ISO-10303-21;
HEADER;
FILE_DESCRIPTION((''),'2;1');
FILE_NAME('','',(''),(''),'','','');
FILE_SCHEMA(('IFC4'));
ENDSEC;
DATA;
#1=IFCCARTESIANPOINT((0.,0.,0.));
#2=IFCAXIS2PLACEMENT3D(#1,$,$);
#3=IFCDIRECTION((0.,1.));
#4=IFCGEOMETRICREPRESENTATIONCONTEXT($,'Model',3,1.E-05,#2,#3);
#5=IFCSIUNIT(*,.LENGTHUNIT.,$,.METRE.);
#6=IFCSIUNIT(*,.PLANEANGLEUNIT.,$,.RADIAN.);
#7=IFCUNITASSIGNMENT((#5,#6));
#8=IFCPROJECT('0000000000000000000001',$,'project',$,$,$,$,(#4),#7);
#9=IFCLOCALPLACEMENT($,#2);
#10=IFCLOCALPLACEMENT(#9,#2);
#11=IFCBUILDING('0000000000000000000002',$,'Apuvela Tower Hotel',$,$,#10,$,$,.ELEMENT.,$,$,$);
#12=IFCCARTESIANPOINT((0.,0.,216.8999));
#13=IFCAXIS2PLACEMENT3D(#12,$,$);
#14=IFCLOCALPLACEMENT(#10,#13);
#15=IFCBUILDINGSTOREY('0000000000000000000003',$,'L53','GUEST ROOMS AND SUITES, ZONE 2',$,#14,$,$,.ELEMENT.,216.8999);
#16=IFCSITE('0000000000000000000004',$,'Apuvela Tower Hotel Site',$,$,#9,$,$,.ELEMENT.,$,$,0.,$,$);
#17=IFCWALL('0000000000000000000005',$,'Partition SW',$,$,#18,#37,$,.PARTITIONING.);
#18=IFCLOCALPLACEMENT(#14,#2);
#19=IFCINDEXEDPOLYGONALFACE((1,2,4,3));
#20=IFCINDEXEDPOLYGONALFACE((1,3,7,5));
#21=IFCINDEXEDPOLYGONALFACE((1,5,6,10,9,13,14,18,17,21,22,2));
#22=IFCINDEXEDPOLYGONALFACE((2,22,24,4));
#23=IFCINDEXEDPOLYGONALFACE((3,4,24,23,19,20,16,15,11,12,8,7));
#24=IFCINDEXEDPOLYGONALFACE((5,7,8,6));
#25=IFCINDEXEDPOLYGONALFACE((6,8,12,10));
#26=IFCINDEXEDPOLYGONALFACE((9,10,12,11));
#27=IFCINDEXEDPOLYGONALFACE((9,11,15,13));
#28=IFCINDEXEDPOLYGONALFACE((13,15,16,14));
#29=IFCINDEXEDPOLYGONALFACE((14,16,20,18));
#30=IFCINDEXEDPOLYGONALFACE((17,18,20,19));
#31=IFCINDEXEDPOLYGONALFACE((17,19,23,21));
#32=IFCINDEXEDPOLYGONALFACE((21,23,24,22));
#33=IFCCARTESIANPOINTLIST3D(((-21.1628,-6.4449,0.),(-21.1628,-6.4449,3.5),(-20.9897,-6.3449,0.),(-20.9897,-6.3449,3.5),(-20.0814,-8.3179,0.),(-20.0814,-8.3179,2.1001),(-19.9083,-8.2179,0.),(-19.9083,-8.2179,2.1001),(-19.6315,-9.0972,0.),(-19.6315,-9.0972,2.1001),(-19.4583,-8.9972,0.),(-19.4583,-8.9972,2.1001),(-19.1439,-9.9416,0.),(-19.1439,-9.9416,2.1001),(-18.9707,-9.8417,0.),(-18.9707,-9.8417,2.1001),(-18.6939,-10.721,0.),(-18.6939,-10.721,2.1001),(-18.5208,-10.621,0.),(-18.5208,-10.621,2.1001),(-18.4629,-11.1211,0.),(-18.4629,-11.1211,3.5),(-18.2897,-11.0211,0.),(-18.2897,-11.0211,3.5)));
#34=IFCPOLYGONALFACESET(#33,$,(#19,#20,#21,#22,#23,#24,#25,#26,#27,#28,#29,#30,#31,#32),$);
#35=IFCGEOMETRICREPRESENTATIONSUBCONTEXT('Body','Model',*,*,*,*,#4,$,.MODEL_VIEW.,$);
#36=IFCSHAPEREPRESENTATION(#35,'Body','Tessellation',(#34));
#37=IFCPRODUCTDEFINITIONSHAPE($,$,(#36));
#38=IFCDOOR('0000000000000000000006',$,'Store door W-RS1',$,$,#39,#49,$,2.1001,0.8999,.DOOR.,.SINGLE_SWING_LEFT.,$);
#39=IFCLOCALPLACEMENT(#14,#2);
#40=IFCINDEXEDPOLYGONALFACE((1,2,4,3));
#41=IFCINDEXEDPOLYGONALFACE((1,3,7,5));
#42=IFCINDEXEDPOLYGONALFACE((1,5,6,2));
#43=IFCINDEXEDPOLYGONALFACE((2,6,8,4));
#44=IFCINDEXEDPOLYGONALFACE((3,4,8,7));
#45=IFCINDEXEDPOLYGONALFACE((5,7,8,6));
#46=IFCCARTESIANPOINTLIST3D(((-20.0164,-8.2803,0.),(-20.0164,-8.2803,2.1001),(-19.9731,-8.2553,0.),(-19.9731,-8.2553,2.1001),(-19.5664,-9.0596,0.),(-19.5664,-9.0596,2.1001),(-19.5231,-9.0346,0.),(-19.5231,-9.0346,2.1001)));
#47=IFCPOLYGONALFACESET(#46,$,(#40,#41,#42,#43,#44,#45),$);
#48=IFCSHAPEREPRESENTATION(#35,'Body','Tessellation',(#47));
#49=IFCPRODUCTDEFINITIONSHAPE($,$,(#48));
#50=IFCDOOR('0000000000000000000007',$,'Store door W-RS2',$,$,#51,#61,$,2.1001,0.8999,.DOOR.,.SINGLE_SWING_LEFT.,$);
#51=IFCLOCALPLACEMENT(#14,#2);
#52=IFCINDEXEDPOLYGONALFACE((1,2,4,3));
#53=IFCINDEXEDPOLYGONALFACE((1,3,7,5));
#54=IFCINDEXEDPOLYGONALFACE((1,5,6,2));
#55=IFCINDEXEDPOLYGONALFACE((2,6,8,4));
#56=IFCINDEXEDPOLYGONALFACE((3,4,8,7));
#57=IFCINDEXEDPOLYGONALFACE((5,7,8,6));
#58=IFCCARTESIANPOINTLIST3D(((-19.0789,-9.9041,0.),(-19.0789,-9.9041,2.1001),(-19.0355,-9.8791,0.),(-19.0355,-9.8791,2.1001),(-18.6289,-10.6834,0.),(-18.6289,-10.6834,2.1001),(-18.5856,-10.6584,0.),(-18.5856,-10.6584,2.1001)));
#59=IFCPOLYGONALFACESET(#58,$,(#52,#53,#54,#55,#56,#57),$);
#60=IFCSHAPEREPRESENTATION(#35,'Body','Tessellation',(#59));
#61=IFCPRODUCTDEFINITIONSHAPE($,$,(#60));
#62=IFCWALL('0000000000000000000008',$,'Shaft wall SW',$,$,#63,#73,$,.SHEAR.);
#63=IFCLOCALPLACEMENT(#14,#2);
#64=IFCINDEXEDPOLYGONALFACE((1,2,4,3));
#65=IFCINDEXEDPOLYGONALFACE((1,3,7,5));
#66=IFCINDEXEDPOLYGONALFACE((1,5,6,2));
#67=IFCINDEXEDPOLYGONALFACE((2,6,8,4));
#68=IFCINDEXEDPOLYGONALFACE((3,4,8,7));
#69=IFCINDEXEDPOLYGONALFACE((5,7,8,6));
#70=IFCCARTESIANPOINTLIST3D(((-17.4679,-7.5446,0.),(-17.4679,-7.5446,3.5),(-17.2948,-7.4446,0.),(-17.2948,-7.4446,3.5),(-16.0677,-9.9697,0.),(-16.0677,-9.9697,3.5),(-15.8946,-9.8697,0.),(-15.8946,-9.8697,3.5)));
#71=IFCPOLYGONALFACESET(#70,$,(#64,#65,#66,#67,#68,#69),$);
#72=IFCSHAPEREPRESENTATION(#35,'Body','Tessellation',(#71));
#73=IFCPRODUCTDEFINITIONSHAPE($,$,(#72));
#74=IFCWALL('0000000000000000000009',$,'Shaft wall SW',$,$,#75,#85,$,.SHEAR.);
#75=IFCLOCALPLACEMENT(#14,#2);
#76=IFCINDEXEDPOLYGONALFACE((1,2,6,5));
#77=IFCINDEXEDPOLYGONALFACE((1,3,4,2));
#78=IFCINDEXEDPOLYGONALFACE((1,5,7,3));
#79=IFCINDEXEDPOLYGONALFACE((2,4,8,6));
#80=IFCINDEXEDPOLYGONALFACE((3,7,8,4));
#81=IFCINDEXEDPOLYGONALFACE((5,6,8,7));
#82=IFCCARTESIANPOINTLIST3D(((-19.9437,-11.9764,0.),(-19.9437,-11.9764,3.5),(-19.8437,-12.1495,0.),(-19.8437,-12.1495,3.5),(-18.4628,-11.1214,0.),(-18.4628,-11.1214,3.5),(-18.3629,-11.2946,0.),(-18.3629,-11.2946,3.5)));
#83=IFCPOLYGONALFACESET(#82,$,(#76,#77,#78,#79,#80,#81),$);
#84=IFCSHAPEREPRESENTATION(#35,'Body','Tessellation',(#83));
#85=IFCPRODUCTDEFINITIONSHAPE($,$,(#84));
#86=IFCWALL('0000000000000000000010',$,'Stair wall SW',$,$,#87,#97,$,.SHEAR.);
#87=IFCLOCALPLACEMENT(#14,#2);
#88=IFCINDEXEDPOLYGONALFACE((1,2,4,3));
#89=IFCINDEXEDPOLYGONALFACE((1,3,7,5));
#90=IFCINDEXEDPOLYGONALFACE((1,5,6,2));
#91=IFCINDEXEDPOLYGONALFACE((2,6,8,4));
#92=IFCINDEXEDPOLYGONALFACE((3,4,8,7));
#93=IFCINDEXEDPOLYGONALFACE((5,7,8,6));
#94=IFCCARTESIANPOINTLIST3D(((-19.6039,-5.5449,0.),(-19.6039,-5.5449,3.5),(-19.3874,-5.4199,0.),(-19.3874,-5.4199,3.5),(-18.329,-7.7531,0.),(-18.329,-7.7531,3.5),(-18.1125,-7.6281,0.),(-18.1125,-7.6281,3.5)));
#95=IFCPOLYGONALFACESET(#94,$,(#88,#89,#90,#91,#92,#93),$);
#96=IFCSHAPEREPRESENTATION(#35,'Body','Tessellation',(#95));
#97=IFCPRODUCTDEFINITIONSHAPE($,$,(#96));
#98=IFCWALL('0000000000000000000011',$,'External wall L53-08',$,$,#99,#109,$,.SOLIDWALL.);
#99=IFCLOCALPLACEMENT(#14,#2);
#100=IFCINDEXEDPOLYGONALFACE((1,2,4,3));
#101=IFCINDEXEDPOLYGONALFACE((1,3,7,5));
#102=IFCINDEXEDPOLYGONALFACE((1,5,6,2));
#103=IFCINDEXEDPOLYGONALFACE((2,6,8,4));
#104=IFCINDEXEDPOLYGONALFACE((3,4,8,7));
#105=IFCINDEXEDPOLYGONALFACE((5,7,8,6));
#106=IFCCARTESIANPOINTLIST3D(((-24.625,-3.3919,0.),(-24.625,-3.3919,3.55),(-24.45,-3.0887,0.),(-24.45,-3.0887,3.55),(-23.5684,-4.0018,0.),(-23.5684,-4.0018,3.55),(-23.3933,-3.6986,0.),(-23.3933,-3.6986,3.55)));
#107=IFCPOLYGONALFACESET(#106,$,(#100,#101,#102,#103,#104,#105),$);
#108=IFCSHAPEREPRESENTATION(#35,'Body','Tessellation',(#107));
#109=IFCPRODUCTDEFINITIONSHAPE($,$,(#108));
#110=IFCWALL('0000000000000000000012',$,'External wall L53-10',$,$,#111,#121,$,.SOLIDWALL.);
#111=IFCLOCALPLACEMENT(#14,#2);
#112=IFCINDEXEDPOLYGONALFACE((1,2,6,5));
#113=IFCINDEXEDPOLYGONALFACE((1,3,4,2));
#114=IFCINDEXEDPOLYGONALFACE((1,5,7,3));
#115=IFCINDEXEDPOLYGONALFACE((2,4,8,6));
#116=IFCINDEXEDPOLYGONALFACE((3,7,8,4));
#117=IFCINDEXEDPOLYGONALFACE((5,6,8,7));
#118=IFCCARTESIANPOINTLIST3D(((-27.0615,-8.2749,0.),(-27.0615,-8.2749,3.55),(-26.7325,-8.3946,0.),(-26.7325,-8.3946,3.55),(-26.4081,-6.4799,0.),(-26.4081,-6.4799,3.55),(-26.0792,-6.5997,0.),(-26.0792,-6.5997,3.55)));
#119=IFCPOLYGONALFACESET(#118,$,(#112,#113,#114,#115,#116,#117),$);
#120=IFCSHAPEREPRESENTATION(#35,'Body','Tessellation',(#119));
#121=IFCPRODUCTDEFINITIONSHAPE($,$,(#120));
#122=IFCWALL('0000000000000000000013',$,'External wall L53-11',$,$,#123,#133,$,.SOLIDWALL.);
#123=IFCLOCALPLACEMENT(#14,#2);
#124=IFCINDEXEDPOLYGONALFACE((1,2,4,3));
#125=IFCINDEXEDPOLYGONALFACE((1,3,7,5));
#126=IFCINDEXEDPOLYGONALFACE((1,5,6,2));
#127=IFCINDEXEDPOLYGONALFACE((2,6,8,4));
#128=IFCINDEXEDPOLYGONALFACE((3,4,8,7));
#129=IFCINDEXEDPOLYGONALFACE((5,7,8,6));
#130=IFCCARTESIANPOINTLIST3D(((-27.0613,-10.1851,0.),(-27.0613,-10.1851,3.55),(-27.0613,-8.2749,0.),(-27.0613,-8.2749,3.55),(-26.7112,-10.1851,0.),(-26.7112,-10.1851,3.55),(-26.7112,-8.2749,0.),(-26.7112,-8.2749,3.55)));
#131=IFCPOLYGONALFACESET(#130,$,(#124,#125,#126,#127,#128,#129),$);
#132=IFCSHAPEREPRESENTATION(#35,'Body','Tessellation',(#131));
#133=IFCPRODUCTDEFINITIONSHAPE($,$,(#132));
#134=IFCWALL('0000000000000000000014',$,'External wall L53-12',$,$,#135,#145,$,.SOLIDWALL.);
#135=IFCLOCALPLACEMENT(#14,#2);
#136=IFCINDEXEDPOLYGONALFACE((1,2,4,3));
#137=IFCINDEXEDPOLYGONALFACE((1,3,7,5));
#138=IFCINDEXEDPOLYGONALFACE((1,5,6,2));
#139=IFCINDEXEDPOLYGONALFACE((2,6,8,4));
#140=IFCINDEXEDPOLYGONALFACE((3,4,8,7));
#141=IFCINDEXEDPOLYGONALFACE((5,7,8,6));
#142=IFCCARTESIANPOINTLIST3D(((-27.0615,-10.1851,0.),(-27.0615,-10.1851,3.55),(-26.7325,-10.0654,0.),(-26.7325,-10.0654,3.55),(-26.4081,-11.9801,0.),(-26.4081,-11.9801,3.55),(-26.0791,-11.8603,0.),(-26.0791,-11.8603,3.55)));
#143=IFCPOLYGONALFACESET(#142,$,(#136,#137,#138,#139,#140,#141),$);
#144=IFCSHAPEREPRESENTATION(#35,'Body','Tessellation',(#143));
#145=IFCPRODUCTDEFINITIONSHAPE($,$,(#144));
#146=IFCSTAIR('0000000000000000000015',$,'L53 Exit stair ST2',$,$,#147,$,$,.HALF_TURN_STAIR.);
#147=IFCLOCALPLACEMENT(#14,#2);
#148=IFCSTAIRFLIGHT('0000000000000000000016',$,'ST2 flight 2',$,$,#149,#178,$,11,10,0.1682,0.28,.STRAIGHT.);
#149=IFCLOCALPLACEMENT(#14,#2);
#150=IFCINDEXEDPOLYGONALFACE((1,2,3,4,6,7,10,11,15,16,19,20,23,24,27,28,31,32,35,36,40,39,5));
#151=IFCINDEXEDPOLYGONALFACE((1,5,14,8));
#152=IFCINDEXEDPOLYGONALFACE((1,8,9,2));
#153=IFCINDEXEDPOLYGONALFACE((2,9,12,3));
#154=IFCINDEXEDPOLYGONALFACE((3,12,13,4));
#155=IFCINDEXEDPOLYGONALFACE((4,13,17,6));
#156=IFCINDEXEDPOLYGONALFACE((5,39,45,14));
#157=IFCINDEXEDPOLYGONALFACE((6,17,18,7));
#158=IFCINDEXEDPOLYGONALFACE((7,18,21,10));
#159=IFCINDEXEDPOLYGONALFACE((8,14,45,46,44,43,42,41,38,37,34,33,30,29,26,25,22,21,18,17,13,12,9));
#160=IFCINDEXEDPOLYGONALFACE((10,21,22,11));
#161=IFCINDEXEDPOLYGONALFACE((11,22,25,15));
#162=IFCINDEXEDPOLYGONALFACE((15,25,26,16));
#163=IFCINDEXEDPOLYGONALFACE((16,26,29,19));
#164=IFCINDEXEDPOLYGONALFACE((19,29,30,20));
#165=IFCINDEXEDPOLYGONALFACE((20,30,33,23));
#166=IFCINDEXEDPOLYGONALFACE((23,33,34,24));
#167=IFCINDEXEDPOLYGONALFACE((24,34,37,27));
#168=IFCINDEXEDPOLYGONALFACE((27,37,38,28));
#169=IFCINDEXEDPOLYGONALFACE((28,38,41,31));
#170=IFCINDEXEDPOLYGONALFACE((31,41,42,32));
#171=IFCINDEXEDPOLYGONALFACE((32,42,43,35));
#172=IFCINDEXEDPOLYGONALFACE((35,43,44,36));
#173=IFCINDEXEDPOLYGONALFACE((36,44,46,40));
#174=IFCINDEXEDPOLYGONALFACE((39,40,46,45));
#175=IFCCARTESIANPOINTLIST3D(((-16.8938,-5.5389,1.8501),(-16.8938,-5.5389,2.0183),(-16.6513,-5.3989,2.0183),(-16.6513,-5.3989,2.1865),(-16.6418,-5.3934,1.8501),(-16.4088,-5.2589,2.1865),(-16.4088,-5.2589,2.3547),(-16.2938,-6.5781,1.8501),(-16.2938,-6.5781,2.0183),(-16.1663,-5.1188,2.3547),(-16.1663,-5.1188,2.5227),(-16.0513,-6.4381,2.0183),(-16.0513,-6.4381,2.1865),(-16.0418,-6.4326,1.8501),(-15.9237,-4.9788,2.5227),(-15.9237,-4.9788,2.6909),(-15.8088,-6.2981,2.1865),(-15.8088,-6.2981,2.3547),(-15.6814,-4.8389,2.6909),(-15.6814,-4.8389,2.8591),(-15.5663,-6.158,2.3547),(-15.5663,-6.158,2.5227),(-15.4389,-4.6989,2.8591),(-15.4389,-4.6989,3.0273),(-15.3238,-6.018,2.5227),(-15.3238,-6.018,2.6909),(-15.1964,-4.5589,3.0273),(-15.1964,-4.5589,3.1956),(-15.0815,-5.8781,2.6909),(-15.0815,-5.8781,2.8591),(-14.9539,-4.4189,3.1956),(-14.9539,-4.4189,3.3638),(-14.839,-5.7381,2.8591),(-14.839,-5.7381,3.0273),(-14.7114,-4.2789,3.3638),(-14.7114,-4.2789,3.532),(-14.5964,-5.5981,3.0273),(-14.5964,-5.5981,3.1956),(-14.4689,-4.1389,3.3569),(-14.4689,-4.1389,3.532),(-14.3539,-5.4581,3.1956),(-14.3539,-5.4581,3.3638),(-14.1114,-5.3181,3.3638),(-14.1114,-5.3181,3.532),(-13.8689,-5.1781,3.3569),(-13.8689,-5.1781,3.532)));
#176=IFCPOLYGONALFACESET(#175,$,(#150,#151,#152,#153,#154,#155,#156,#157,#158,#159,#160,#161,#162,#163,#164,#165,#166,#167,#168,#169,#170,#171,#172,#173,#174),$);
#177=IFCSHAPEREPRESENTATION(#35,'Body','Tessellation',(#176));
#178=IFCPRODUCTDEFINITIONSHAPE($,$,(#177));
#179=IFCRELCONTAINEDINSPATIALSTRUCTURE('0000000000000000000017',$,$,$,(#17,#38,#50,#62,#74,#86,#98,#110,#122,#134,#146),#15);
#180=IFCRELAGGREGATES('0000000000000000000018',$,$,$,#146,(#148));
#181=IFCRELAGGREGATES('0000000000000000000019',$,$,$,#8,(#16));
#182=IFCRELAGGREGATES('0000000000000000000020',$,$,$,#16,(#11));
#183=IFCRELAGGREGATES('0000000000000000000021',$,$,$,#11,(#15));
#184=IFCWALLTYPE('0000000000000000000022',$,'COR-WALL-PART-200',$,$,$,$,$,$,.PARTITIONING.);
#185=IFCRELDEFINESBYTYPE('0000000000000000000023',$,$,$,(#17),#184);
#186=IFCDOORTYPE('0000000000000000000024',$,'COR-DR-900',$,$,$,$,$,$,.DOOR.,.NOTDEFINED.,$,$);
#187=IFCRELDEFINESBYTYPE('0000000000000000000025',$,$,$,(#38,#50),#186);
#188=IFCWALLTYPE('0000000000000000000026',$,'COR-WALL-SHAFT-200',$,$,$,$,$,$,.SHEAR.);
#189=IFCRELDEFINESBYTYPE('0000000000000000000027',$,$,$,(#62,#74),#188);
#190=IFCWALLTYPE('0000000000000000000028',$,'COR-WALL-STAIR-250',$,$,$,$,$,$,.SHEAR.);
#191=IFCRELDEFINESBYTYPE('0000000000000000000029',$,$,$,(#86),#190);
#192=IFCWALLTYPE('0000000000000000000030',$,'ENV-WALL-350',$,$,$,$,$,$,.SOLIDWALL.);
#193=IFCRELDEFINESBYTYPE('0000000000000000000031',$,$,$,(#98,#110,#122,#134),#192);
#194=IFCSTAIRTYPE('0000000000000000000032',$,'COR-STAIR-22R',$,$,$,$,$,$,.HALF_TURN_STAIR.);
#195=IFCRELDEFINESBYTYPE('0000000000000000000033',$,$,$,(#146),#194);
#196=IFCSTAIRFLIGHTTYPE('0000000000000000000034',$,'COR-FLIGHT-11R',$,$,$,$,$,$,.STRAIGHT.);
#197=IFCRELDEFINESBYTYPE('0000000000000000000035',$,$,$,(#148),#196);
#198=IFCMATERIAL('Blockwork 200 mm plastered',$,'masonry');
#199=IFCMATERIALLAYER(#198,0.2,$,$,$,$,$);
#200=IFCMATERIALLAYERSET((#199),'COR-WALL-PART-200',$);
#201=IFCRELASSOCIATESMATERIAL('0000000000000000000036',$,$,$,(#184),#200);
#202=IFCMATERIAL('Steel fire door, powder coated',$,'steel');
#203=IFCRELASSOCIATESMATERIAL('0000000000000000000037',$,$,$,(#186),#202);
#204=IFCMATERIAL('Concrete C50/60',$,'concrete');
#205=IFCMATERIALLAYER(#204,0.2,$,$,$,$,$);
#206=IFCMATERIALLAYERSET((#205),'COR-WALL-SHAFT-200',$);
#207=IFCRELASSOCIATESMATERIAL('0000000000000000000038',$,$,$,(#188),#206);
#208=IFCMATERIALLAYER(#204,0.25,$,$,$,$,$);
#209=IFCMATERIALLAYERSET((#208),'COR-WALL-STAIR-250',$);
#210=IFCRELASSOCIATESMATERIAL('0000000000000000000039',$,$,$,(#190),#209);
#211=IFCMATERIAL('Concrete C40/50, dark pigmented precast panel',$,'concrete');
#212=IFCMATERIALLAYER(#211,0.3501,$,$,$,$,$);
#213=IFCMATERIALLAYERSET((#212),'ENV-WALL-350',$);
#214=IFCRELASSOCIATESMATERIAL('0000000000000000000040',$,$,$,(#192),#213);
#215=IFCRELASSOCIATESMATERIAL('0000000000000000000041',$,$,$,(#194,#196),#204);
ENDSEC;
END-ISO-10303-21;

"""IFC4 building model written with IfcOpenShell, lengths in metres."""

from ifc_helpers import new_model, si_unit, direction, frame, frame_2d, origin, place, context, subcontext, project, spatial, polyline, rectangle, outline, extrude, material, layer, layer_set, type_object, element, fill, aggregate, save


model = new_model("IFC4")

# Units and contexts
model_context = context("Model", 3, precision=1e-05, world=origin(), true_north=direction((0.0, 1.0)))
body_context = subcontext(model_context, "Body", "Model", "MODEL_VIEW")
ifc_project = project(units=[si_unit("LENGTHUNIT", "METRE"), si_unit("PLANEANGLEUNIT", "RADIAN")], contexts=[model_context])

# Site, building, storey
site_placement = place(None, origin())
site = spatial("IfcSite", under=ifc_project, at=site_placement, Name="Apuvela Tower Hotel Site", CompositionType="ELEMENT", RefElevation=0.0)
building_placement = place(site_placement, origin())
building = spatial("IfcBuilding", under=site, at=building_placement, Name="Apuvela Tower Hotel", CompositionType="ELEMENT")
storey_placement = place(building_placement, frame((0.0, 0.0, 216.8999)))
storey = spatial("IfcBuildingStorey", under=building, at=storey_placement, Name="L53", Description="GUEST ROOMS AND SUITES, ZONE 2", CompositionType="ELEMENT", Elevation=216.8999)

# Wall, openings, doors
ifc_material_1 = material(Name="Blockwork 200 mm plastered", Category="masonry")
ifc_layer_1 = layer(ifc_material_1, 0.2)
ifc_layer_set_1 = layer_set([ifc_layer_1], Name="COR-WALL-PART-200")
wall_type_1 = type_object("IfcWallType", Name="COR-WALL-PART-200", PredefinedType="PARTITIONING", material=ifc_layer_set_1)
wall_1_placement = place(storey_placement, frame((-21.0762, -6.395, 0.0), z_axis=(0.0, 0.0, 1.0), x_axis=(0.500015, -0.866017, 0.0)))
wall_1 = element("IfcWall", 1, at=wall_1_placement, inside=storey, type_object=wall_type_1, Name="Partition SW", PredefinedType="PARTITIONING", context=body_context, shape_type="SweptSolid", body=[
    extrude(rectangle(XDim=5.3997, YDim=0.2, at=frame_2d((2.6997, 0.0))), origin(), (0.0, 0.0, 1.0), 3.5),
])
opening_1_placement = place(wall_1_placement, frame((2.1626, 0.0, 0.0)))
opening_1 = element("IfcOpeningElement", 2, at=opening_1_placement, cuts=wall_1, PredefinedType="OPENING", context=body_context, shape_type="SweptSolid", body=[
    extrude(rectangle(XDim=0.8999, YDim=2.1001, at=frame_2d((0.45, 1.05))), frame((0.0, 0.1099, 0.0), z_axis=(0.0, -1.0, 0.0), x_axis=(1.0, 0.0, 0.0)), (0.0, 0.0, 1.0), 0.22),
])
opening_2_placement = place(wall_1_placement, frame((4.0376, 0.0, 0.0)))
opening_2 = element("IfcOpeningElement", 3, at=opening_2_placement, cuts=wall_1, PredefinedType="OPENING", context=body_context, shape_type="SweptSolid", body=[
    extrude(rectangle(XDim=0.8999, YDim=2.1001, at=frame_2d((0.45, 1.05))), frame((0.0, 0.1099, 0.0), z_axis=(0.0, -1.0, 0.0), x_axis=(1.0, 0.0, 0.0)), (0.0, 0.0, 1.0), 0.22),
])
ifc_material_2 = material(Name="Steel fire door, powder coated", Category="steel")
door_type_1 = type_object("IfcDoorType", Name="COR-DR-900", OperationType="NOTDEFINED", PredefinedType="DOOR", material=ifc_material_2)
door_1_placement = place(opening_1_placement, frame((0.8999, 0.0, 0.0), z_axis=(0.0, 0.0, 1.0), x_axis=(-1.0, 0.0, 0.0)))
door_1 = element("IfcDoor", 4, at=door_1_placement, inside=storey, type_object=door_type_1, Name="Store door W-RS1", OperationType="SINGLE_SWING_LEFT", OverallHeight=2.1001, OverallWidth=0.8999, PredefinedType="DOOR", context=body_context, shape_type="SweptSolid", body=[
    extrude(rectangle(XDim=0.8999, YDim=2.1001, at=frame_2d((0.45, 1.05))), frame((0.0, 0.0249, 0.0), z_axis=(0.0, -1.0, 0.0), x_axis=(1.0, 0.0, 0.0)), (0.0, 0.0, 1.0), 0.05),
])
fill(opening_1, door_1)
door_2_placement = place(opening_2_placement, frame((0.8999, 0.0, 0.0), z_axis=(0.0, 0.0, 1.0), x_axis=(-1.0, 0.0, 0.0)))
door_2 = element("IfcDoor", 5, at=door_2_placement, inside=storey, type_object=door_type_1, Name="Store door W-RS2", OperationType="SINGLE_SWING_LEFT", OverallHeight=2.1001, OverallWidth=0.8999, PredefinedType="DOOR", context=body_context, shape_type="SweptSolid", body=[
    extrude(rectangle(XDim=0.8999, YDim=2.1001, at=frame_2d((0.45, 1.05))), frame((0.0, 0.0249, 0.0), z_axis=(0.0, -1.0, 0.0), x_axis=(1.0, 0.0, 0.0)), (0.0, 0.0, 1.0), 0.05),
])
fill(opening_2, door_2)

# Walls
ifc_material_3 = material(Name="Concrete C50/60", Category="concrete")
ifc_layer_2 = layer(ifc_material_3, 0.2)
ifc_layer_set_2 = layer_set([ifc_layer_2], Name="COR-WALL-SHAFT-200")
wall_type_2 = type_object("IfcWallType", Name="COR-WALL-SHAFT-200", PredefinedType="SHEAR", material=ifc_layer_set_2)
wall_2_placement = place(storey_placement, frame((-17.3813, -7.4946, 0.0), z_axis=(0.0, 0.0, 1.0), x_axis=(0.500012, -0.866019, 0.0)))
element("IfcWall", 6, at=wall_2_placement, inside=storey, type_object=wall_type_2, Name="Shaft wall SW", PredefinedType="SHEAR", context=body_context, shape_type="SweptSolid", body=[
    extrude(rectangle(XDim=2.8003, YDim=0.2, at=frame_2d((1.4001, 0.0))), origin(), (0.0, 0.0, 1.0), 3.5),
])
wall_3_placement = place(storey_placement, frame((-18.4128, -11.208, 0.0), z_axis=(0.0, 0.0, 1.0), x_axis=(-0.866038, -0.499978, 0.0)))
element("IfcWall", 7, at=wall_3_placement, inside=storey, type_object=wall_type_2, Name="Shaft wall SW", PredefinedType="SHEAR", context=body_context, shape_type="SweptSolid", body=[
    extrude(rectangle(XDim=1.71, YDim=0.2, at=frame_2d((0.855, 0.0))), origin(), (0.0, 0.0, 1.0), 3.5),
])
ifc_layer_3 = layer(ifc_material_3, 0.25)
ifc_layer_set_3 = layer_set([ifc_layer_3], Name="COR-WALL-STAIR-250")
wall_type_3 = type_object("IfcWallType", Name="COR-WALL-STAIR-250", PredefinedType="SHEAR", material=ifc_layer_set_3)
wall_4_placement = place(storey_placement, frame((-19.4956, -5.4824, 0.0), z_axis=(0.0, 0.0, 1.0), x_axis=(0.49999, -0.866031, 0.0)))
element("IfcWall", 8, at=wall_4_placement, inside=storey, type_object=wall_type_3, Name="Stair wall SW", PredefinedType="SHEAR", context=body_context, shape_type="SweptSolid", body=[
    extrude(rectangle(XDim=2.5498, YDim=0.25, at=frame_2d((1.2749, 0.0))), origin(), (0.0, 0.0, 1.0), 3.5),
])
ifc_material_4 = material(Name="Concrete C40/50, dark pigmented precast panel", Category="concrete")
ifc_layer_4 = layer(ifc_material_4, 0.3501)
ifc_layer_set_4 = layer_set([ifc_layer_4], Name="ENV-WALL-350")
wall_type_4 = type_object("IfcWallType", Name="ENV-WALL-350", PredefinedType="SOLIDWALL", material=ifc_layer_set_4)
wall_5_placement = place(storey_placement, frame((-23.481, -3.8501, 0.0), z_axis=(0.0, 0.0, 1.0), x_axis=(-0.866092, 0.499884, 0.0)))
element("IfcWall", 9, at=wall_5_placement, inside=storey, type_object=wall_type_4, Name="External wall L53-08", PredefinedType="SOLIDWALL", context=body_context, shape_type="SweptSolid", body=[
    extrude(rectangle(XDim=1.22, YDim=0.3501, at=frame_2d((0.6099, 0.0))), origin(), (0.0, 0.0, 1.0), 3.55),
])
for number, where, z_axis, x_axis, name in (
    (10, (-26.2437, -6.5398, 0.0), (0.0, 0.0, 1.0), (-0.34203, -0.939689, 0.0), "External wall L53-10"),
    (11, (-26.8862, -8.2749, 0.0), (0.0, 0.0, 1.0), (0.0, -1.0, 0.0), "External wall L53-11"),
    (12, (-26.897, -10.1252, 0.0), (0.0, 0.0, 1.0), (0.34203, -0.939689, 0.0), "External wall L53-12"),
):
    element("IfcWall", number, at=place(storey_placement, frame(where, z_axis=z_axis, x_axis=x_axis)), inside=storey, type_object=wall_type_4, Name=name, PredefinedType="SOLIDWALL", context=body_context, shape_type="SweptSolid", body=[
        extrude(rectangle(XDim=1.9102, YDim=0.3501, at=frame_2d((0.9551, 0.0))), origin(), (0.0, 0.0, 1.0), 3.55),
    ])

# Stair, stair flight
stair_type = type_object("IfcStairType", Name="COR-STAIR-22R", PredefinedType="HALF_TURN_STAIR", material=ifc_material_3)
stair_placement = place(storey_placement, origin())
stair = element("IfcStair", 13, at=stair_placement, inside=storey, type_object=stair_type, Name="L53 Exit stair ST2", PredefinedType="HALF_TURN_STAIR")
stair_flight_type = type_object("IfcStairFlightType", Name="COR-FLIGHT-11R", PredefinedType="STRAIGHT", material=ifc_material_3)
stair_flight_placement = place(storey_placement, frame((-16.5938, -6.0586, 1.8501), z_axis=(0.0, 0.0, 1.0), x_axis=(0.866025, 0.5, 0.0)))
stair_flight = element("IfcStairFlight", 14, at=stair_flight_placement, type_object=stair_flight_type, Name="ST2 flight 2", NumberOfRisers=11, NumberOfTreads=10, PredefinedType="STRAIGHT", RiserHeight=0.1682, TreadLength=0.28, context=body_context, shape_type="SweptSolid", body=[
    extrude(outline(polyline([(0.0, 0.0), (0.0, 0.1682), (0.28, 0.1682), (0.28, 0.3364), (0.5601, 0.3364), (0.5601, 0.5046), (0.8401, 0.5046), (0.8401, 0.6726), (1.1201, 0.6726), (1.1201, 0.8408), (1.3999, 0.8408), (1.3999, 1.009), (1.6799, 1.009), (1.6799, 1.1772), (1.96, 1.1772), (1.96, 1.3455), (2.24, 1.3455), (2.24, 1.5137), (2.52, 1.5137), (2.52, 1.6819), (2.8, 1.6819), (2.8, 1.8501), (2.8, 1.5068), (0.291, 0.0), (0.0, 0.0)])), frame((0.0, 0.6001, 0.0), z_axis=(0.0, -1.0, 0.0), x_axis=(1.0, 0.0, 0.0)), (0.0, 0.0, 1.0), 1.2),
])
aggregate(stair, [stair_flight])

save(model, "model.ifc")
